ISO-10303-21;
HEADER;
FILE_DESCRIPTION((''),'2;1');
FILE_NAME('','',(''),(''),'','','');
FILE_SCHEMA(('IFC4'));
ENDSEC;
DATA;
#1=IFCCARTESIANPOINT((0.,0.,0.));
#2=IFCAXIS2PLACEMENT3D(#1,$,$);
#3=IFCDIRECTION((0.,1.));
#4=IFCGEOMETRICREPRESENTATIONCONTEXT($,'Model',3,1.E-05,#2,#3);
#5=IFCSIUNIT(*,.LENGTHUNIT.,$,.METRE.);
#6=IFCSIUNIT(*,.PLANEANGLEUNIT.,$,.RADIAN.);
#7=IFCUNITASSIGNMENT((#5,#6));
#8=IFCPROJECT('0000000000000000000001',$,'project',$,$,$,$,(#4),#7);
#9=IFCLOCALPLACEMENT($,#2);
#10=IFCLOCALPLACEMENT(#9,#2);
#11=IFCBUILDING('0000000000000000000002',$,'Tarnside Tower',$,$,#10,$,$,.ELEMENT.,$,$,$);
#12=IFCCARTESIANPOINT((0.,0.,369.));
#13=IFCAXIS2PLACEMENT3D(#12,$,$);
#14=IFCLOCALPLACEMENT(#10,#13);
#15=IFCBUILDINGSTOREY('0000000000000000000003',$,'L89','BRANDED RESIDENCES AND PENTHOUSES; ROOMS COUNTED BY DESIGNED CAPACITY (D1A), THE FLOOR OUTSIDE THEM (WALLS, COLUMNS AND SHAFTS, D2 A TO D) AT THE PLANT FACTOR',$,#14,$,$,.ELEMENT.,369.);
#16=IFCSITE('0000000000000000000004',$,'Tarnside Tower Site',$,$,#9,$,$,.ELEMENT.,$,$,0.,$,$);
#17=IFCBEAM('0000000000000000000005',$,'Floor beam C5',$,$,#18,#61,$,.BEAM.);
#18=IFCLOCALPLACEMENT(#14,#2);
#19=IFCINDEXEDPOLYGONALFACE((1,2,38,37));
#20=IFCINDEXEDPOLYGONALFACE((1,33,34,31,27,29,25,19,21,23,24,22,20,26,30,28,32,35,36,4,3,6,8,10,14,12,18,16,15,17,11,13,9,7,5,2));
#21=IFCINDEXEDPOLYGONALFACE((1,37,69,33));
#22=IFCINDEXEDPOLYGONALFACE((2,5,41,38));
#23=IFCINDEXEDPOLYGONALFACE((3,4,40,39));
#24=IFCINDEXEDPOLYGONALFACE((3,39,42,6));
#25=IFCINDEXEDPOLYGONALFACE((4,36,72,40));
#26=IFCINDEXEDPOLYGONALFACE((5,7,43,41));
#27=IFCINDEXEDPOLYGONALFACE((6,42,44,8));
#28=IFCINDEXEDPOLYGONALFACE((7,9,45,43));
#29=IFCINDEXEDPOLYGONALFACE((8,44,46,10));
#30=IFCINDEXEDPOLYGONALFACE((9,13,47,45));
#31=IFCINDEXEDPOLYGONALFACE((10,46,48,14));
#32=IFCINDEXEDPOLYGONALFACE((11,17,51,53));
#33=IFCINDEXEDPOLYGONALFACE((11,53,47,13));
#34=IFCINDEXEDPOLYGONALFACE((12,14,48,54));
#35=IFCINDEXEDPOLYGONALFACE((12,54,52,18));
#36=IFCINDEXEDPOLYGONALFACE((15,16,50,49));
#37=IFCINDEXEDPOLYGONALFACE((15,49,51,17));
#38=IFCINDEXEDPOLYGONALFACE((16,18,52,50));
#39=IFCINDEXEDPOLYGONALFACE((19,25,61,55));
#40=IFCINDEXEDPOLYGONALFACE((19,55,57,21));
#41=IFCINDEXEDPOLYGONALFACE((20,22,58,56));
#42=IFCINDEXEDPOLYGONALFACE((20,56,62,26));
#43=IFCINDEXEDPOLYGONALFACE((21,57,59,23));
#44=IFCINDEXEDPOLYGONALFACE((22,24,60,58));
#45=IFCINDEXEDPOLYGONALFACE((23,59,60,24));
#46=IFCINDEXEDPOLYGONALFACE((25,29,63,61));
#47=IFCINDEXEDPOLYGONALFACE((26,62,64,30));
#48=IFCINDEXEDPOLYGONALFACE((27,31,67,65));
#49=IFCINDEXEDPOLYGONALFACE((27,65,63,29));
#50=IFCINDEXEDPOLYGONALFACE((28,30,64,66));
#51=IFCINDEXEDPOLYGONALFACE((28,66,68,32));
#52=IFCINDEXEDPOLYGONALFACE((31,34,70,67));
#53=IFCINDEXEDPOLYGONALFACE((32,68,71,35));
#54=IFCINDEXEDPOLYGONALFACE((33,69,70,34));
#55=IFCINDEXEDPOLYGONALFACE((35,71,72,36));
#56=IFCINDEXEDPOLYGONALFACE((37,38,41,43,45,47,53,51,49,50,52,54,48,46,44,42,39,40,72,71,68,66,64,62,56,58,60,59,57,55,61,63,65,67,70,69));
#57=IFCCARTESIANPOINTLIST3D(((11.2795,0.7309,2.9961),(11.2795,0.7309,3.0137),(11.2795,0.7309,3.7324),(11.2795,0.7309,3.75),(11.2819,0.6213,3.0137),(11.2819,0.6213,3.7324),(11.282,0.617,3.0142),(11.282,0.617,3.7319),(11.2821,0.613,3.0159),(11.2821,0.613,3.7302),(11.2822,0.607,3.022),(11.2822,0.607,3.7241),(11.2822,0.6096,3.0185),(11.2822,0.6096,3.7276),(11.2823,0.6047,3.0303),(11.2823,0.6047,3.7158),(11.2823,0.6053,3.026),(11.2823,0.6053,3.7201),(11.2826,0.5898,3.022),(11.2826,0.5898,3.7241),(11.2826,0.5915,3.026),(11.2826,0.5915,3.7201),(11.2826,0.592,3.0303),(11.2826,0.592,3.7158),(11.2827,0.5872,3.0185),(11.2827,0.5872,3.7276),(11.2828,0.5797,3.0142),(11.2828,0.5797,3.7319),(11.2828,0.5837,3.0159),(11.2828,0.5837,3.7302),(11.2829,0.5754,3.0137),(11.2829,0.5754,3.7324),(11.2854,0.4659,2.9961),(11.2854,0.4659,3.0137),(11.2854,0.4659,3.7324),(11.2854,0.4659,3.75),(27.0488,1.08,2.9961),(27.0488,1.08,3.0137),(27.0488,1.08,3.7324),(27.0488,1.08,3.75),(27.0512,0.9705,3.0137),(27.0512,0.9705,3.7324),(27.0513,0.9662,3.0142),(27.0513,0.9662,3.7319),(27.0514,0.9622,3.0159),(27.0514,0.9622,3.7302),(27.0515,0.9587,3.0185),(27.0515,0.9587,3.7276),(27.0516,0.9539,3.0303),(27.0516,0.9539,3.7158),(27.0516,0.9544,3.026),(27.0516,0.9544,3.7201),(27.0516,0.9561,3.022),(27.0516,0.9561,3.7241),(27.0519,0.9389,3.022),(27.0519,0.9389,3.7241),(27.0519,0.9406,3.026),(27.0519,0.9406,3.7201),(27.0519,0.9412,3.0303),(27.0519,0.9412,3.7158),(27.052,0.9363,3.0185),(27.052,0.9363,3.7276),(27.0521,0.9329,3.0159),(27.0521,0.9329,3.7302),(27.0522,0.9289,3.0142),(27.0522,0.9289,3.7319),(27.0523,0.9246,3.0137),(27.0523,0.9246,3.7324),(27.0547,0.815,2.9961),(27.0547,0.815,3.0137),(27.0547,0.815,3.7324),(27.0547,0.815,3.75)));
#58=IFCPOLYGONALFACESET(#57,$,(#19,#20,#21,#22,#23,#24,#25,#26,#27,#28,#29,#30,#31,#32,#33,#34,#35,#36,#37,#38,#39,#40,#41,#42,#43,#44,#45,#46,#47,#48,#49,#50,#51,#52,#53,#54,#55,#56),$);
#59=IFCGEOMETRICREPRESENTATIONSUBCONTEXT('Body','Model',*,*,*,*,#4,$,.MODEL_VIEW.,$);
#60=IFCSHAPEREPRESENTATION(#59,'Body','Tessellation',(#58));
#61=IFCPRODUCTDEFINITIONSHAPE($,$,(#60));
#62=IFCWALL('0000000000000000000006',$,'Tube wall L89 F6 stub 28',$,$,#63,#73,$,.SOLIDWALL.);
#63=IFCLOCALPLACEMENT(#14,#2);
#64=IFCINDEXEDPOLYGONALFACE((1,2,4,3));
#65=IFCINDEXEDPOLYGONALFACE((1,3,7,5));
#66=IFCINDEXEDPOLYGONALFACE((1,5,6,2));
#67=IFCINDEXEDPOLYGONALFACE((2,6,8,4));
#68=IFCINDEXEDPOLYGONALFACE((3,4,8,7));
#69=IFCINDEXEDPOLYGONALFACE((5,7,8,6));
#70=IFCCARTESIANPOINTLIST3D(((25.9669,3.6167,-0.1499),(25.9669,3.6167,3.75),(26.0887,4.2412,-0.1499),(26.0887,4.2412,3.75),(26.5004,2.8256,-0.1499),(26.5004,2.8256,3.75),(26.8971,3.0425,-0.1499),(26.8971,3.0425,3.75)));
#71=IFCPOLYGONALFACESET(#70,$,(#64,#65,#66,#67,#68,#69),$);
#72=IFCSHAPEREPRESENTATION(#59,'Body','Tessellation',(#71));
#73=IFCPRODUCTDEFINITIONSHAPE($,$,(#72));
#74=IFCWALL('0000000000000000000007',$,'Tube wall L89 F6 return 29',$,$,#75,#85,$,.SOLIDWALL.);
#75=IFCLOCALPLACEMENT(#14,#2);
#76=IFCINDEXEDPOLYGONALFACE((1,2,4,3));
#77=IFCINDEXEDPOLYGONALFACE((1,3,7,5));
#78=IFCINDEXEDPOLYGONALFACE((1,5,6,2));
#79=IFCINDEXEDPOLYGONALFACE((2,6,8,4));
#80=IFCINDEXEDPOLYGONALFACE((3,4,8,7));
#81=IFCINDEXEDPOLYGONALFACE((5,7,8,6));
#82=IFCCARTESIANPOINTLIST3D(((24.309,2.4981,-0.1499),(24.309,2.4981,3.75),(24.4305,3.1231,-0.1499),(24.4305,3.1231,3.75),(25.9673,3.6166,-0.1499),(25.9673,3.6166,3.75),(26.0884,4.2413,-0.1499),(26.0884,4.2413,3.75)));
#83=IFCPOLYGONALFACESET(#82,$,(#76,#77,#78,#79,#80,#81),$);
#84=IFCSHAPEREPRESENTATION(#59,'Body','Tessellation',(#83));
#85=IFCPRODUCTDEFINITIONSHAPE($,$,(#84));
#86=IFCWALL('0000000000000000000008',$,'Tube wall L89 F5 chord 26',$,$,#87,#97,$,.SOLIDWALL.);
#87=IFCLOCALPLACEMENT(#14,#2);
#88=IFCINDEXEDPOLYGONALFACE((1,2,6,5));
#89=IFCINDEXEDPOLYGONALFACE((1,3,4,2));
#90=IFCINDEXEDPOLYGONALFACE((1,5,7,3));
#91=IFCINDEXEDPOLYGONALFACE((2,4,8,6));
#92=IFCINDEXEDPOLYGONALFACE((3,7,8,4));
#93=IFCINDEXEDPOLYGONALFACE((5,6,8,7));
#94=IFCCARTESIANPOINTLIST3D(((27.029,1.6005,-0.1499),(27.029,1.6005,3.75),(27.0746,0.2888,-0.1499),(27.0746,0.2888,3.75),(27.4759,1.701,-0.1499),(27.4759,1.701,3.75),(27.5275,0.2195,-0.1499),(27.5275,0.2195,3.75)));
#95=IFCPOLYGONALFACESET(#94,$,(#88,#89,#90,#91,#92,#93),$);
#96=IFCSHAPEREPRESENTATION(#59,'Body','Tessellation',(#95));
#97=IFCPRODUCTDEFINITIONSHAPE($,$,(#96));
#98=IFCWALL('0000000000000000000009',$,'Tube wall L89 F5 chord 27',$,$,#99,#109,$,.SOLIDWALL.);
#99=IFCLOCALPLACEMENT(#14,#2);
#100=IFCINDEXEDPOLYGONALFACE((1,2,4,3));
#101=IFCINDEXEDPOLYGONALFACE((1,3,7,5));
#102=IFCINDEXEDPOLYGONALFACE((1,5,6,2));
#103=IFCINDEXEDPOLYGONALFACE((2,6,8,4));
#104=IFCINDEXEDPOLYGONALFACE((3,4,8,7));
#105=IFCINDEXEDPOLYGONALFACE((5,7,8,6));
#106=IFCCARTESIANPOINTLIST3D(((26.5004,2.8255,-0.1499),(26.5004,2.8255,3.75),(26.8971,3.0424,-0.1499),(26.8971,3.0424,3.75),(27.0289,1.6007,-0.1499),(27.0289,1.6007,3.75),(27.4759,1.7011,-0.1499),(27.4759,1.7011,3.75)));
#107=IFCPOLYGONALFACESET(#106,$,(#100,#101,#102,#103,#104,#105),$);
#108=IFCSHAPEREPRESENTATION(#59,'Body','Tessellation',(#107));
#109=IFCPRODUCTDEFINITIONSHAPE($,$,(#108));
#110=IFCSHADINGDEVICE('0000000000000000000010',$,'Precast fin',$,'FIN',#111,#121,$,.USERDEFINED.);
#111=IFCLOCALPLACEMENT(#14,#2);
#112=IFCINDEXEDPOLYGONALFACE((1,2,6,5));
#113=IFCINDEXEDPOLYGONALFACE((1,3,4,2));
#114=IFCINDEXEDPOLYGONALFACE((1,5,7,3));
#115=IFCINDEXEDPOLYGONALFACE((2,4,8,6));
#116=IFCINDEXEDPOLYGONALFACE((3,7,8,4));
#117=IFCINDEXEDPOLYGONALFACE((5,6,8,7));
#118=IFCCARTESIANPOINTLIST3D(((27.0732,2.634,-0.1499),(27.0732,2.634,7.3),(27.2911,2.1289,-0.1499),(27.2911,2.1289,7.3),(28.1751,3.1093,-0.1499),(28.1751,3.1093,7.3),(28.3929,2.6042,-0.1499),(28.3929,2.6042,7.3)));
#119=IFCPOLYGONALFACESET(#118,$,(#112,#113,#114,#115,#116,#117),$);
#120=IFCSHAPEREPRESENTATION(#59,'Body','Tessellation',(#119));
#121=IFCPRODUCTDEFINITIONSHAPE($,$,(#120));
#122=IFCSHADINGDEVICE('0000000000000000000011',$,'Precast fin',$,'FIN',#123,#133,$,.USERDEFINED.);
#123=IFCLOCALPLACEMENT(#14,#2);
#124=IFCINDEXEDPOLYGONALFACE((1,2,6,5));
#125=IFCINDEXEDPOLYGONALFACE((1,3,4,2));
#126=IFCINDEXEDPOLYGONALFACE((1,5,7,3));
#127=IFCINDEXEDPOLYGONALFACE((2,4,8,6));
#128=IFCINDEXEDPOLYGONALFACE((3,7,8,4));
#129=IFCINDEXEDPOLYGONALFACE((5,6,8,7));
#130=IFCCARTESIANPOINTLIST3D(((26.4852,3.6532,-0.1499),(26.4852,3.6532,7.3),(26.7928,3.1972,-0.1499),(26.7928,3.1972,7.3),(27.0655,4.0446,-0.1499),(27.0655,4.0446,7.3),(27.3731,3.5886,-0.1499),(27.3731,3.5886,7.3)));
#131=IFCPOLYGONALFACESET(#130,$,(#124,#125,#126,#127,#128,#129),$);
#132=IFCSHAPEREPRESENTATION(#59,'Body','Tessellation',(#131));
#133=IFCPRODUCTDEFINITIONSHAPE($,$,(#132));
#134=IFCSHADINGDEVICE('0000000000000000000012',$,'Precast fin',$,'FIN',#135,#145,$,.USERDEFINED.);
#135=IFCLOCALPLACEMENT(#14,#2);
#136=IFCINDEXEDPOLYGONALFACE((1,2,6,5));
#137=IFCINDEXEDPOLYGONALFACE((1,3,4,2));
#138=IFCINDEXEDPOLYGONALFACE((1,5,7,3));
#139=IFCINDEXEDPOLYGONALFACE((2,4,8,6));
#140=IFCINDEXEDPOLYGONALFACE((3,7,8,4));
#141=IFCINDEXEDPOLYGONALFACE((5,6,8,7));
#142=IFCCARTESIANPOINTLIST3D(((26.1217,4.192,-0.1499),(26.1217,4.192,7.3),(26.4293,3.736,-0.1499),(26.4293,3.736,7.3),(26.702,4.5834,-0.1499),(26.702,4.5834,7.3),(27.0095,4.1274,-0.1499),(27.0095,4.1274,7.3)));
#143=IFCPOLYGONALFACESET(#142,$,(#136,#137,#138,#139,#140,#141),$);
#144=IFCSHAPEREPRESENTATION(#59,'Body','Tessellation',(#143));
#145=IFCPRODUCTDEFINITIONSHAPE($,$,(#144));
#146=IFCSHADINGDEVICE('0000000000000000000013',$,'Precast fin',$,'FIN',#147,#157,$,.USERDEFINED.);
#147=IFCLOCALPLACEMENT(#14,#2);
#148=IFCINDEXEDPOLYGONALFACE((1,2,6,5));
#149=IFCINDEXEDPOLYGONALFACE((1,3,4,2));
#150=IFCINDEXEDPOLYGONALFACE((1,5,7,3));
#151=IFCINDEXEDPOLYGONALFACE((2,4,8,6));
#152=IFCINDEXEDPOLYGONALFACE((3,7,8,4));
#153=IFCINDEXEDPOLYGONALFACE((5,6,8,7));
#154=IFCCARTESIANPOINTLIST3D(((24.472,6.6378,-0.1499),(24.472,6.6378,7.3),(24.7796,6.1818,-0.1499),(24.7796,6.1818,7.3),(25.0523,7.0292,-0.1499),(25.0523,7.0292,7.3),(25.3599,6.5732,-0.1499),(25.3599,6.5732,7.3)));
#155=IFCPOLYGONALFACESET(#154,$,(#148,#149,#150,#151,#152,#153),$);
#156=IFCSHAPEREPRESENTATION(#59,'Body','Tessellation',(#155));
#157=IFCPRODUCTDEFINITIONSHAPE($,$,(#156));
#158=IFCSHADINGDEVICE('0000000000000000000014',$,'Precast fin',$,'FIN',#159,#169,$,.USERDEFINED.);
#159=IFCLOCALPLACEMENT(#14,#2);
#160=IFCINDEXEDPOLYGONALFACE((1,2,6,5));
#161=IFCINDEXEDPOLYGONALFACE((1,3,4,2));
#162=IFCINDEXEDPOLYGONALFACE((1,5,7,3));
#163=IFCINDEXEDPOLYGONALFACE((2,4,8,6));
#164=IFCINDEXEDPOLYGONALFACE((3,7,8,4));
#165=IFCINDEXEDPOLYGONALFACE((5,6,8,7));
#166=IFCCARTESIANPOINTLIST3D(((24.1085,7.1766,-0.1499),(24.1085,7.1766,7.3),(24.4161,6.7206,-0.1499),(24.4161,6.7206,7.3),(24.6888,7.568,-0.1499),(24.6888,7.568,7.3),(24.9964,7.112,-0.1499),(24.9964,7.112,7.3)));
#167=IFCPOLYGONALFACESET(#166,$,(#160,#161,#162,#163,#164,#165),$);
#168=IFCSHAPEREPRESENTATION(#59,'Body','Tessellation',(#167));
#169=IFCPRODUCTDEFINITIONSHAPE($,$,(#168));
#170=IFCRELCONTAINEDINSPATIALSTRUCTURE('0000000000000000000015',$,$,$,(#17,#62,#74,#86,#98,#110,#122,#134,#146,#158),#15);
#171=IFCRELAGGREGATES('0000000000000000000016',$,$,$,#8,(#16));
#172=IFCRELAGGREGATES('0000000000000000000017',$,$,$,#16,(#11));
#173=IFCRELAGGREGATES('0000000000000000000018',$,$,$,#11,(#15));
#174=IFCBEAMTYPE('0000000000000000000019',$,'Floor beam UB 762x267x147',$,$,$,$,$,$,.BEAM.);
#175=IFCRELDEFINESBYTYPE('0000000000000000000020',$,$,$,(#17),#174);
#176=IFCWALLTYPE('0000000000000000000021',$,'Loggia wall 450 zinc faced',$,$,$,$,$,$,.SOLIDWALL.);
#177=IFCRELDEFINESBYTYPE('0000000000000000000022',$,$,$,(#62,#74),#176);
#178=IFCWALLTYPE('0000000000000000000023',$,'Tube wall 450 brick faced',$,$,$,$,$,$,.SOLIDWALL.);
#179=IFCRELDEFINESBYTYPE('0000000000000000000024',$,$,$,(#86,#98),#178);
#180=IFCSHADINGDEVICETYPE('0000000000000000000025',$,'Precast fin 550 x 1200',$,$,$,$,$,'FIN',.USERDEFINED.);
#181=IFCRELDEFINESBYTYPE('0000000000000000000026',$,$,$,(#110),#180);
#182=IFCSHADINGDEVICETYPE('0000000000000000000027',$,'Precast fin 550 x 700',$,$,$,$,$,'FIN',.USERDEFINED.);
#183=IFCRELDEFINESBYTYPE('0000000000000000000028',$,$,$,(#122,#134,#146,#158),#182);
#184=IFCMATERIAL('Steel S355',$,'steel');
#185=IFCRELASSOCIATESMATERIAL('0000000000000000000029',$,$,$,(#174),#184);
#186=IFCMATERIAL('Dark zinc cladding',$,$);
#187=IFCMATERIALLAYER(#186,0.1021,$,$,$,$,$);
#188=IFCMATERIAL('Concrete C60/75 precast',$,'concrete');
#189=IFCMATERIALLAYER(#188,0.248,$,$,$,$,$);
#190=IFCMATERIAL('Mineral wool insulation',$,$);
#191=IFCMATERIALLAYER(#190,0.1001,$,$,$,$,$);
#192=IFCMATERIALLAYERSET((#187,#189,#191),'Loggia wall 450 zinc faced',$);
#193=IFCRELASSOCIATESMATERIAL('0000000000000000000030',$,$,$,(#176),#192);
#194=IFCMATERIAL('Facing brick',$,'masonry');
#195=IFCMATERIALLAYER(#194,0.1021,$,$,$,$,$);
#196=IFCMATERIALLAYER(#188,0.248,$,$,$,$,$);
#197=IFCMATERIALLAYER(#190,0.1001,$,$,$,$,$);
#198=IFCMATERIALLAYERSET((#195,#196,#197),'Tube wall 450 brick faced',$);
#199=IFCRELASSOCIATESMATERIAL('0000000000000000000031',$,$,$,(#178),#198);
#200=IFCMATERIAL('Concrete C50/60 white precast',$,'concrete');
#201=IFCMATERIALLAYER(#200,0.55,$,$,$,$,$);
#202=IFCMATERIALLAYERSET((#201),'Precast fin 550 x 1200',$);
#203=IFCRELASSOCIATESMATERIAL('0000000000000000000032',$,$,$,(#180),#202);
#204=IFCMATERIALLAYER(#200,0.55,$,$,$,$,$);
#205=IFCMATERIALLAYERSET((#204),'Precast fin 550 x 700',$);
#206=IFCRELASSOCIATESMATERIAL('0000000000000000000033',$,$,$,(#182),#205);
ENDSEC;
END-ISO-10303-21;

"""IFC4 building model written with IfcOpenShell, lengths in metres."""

from ifc_helpers import new_model, si_unit, direction, frame, origin, origin_2d, place, context, subcontext, project, spatial, polyline, i_section, outline, extrude, material, layer, layer_set, material_profile, profile_set, type_object, element, save


model = new_model("IFC4")

# Units and contexts
model_context = context("Model", 3, precision=1e-05, world=origin(), true_north=direction((0.0, 1.0)))
body_context = subcontext(model_context, "Body", "Model", "MODEL_VIEW")
ifc_project = project(units=[si_unit("LENGTHUNIT", "METRE"), si_unit("PLANEANGLEUNIT", "RADIAN")], contexts=[model_context])

# Site, building, storey
site_placement = place(None, origin())
site = spatial("IfcSite", under=ifc_project, at=site_placement, Name="Tarnside Tower Site", CompositionType="ELEMENT", RefElevation=0.0)
building_placement = place(site_placement, origin())
building = spatial("IfcBuilding", under=site, at=building_placement, Name="Tarnside Tower", CompositionType="ELEMENT")
storey_placement = place(building_placement, frame((0.0, 0.0, 369.0)))
storey = spatial("IfcBuildingStorey", under=building, at=storey_placement, Name="L89", Description="BRANDED RESIDENCES AND PENTHOUSES; ROOMS COUNTED BY DESIGNED CAPACITY (D1A), THE FLOOR OUTSIDE THEM (WALLS, COLUMNS AND SHAFTS, D2 A TO D) AT THE PLANT FACTOR", CompositionType="ELEMENT", Elevation=369.0)

# Beam
ifc_material_1 = material(Name="Steel S355", Category="steel")
ifc_material_profile = material_profile(ifc_material_1, i_section(OverallWidth=0.2651, OverallDepth=0.7539, WebThickness=0.0127, FlangeThickness=0.0176, FilletRadius=0.0166, at=origin_2d()), Name="UB 762x267x147")
ifc_profile_set = profile_set([ifc_material_profile], Name="Steel S355")
beam_type = type_object("IfcBeamType", Name="Floor beam UB 762x267x147", PredefinedType="BEAM", material=ifc_profile_set)
beam_placement = place(storey_placement, frame((27.0518, 0.9475, 3.373), z_axis=(-0.999755, -0.022134, 0.0), x_axis=(0.022134, -0.999755, 0.0)))
element("IfcBeam", 1, at=beam_placement, inside=storey, type_object=beam_type, Name="Floor beam C5", PredefinedType="BEAM", context=body_context, shape_type="SweptSolid", body=[
    extrude(i_section(OverallWidth=0.2651, OverallDepth=0.7539, WebThickness=0.0127, FlangeThickness=0.0176, FilletRadius=0.0166, at=origin_2d()), origin(), (0.0, 0.0, 1.0), 15.7732),
])

# Walls
ifc_material_2 = material(Name="Dark zinc cladding")
ifc_layer_1 = layer(ifc_material_2, 0.1021)
ifc_material_3 = material(Name="Concrete C60/75 precast", Category="concrete")
ifc_layer_2 = layer(ifc_material_3, 0.248)
ifc_material_4 = material(Name="Mineral wool insulation")
ifc_layer_3 = layer(ifc_material_4, 0.1001)
ifc_layer_set_1 = layer_set([ifc_layer_1, ifc_layer_2, ifc_layer_3], Name="Loggia wall 450 zinc faced")
wall_type_1 = type_object("IfcWallType", Name="Loggia wall 450 zinc faced", PredefinedType="SOLIDWALL", material=ifc_layer_set_1)
wall_1_placement = place(storey_placement, frame((26.6987, 2.9341, -0.1499), z_axis=(0.0, 0.0, 1.0), x_axis=(-0.559106, 0.829096, 0.0)))
element("IfcWall", 2, at=wall_1_placement, inside=storey, type_object=wall_type_1, Name="Tube wall L89 F6 stub 28", PredefinedType="SOLIDWALL", context=body_context, shape_type="SweptSolid", body=[
    extrude(outline(polyline([(-0.021, -0.2251), (1.4248, -0.2251), (0.9751, 0.2251), (0.021, 0.2251), (-0.021, -0.2251)])), origin(), (0.0, 0.0, 1.0), 3.8999),
])
wall_2_placement = place(storey_placement, frame((26.0278, 3.929, -0.1499), z_axis=(0.0, 0.0, 1.0), x_axis=(-0.829052, -0.559171, 0.0)))
element("IfcWall", 3, at=wall_2_placement, inside=storey, type_object=wall_type_1, Name="Tube wall L89 F6 return 29", PredefinedType="SOLIDWALL", context=body_context, shape_type="SweptSolid", body=[
    extrude(outline(polyline([(-0.2249, -0.2251), (1.7749, -0.2251), (2.2251, 0.2251), (0.2249, 0.2251), (-0.2249, -0.2251)])), origin(), (0.0, 0.0, 1.0), 3.8999),
])

# Walls
ifc_material_5 = material(Name="Facing brick", Category="masonry")
ifc_layer_4 = layer(ifc_material_5, 0.1021)
ifc_layer_5 = layer(ifc_material_3, 0.248)
ifc_layer_6 = layer(ifc_material_4, 0.1001)
ifc_layer_set_2 = layer_set([ifc_layer_4, ifc_layer_5, ifc_layer_6], Name="Tube wall 450 brick faced")
wall_type_2 = type_object("IfcWallType", Name="Tube wall 450 brick faced", PredefinedType="SOLIDWALL", material=ifc_layer_set_2)
wall_3_placement = place(storey_placement, frame((27.301, 0.2542, -0.1499), z_axis=(0.0, 0.0, 1.0), x_axis=(-0.034763, 0.999396, 0.0)))
element("IfcWall", 4, at=wall_3_placement, inside=storey, type_object=wall_type_2, Name="Tube wall L89 F5 chord 26", PredefinedType="SOLIDWALL", context=body_context, shape_type="SweptSolid", body=[
    extrude(outline(polyline([(-0.0425, -0.2251), (1.4399, -0.2251), (1.355, 0.2251), (0.0425, 0.2251), (-0.0425, -0.2251)])), origin(), (0.0, 0.0, 1.0), 3.8999),
])
wall_4_placement = place(storey_placement, frame((27.2524, 1.6509, -0.1499), z_axis=(0.0, 0.0, 1.0), x_axis=(-0.396195, 0.918166, 0.0)))
element("IfcWall", 5, at=wall_4_placement, inside=storey, type_object=wall_type_2, Name="Tube wall L89 F5 chord 27", PredefinedType="SOLIDWALL", context=body_context, shape_type="SweptSolid", body=[
    extrude(outline(polyline([(-0.0425, -0.2251), (1.4185, -0.2251), (1.3765, 0.2251), (0.0425, 0.2251), (-0.0425, -0.2251)])), origin(), (0.0, 0.0, 1.0), 3.8999),
])

# Shading devices
ifc_material_6 = material(Name="Concrete C50/60 white precast", Category="concrete")
ifc_layer_7 = layer(ifc_material_6, 0.55)
ifc_layer_set_3 = layer_set([ifc_layer_7], Name="Precast fin 550 x 1200")
shading_device_type_1 = type_object("IfcShadingDeviceType", Name="Precast fin 550 x 1200", ElementType="FIN", PredefinedType="USERDEFINED", material=ifc_layer_set_3)
shading_device_placement = place(storey_placement, frame((27.1821, 2.3816, -0.1499), z_axis=(0.39608, -0.918216, 0.0), x_axis=(0.918216, 0.39608, 0.0)))
element("IfcShadingDevice", 6, at=shading_device_placement, inside=storey, type_object=shading_device_type_1, Name="Precast fin", ObjectType="FIN", PredefinedType="USERDEFINED", context=body_context, shape_type="SweptSolid", body=[
    extrude(outline(polyline([(0.0, 0.0), (1.2, 0.0), (1.2, 7.45), (0.0, 7.45), (0.0, 0.0)])), frame((0.0, 0.0, -0.2749)), (0.0, 0.0, 1.0), 0.55),
])
ifc_layer_8 = layer(ifc_material_6, 0.55)
ifc_layer_set_4 = layer_set([ifc_layer_8], Name="Precast fin 550 x 700")
shading_device_type_2 = type_object("IfcShadingDeviceType", Name="Precast fin 550 x 700", ElementType="FIN", PredefinedType="USERDEFINED", material=ifc_layer_set_4)
for number, where, z_axis, x_axis, name in (
    (7, (26.6389, 3.4253, -0.1499), (0.559193, -0.829038, 0.0), (0.829038, 0.559193, 0.0), "Precast fin"),
    (8, (26.2754, 3.9641, -0.1499), (0.559193, -0.829038, 0.0), (0.829038, 0.559193, 0.0), "Precast fin"),
    (9, (24.6257, 6.4099, -0.1499), (0.559193, -0.829038, 0.0), (0.829038, 0.559193, 0.0), "Precast fin"),
    (10, (24.2622, 6.9487, -0.1499), (0.559193, -0.829038, 0.0), (0.829038, 0.559193, 0.0), "Precast fin"),
):
    element("IfcShadingDevice", number, at=place(storey_placement, frame(where, z_axis=z_axis, x_axis=x_axis)), inside=storey, type_object=shading_device_type_2, Name=name, ObjectType="FIN", PredefinedType="USERDEFINED", context=body_context, shape_type="SweptSolid", body=[
        extrude(outline(polyline([(0.0, 0.0), (0.7, 0.0), (0.7, 7.45), (0.0, 7.45), (0.0, 0.0)])), frame((0.0, 0.0, -0.2749)), (0.0, 0.0, 1.0), 0.55),
    ])

save(model, "model.ifc")
